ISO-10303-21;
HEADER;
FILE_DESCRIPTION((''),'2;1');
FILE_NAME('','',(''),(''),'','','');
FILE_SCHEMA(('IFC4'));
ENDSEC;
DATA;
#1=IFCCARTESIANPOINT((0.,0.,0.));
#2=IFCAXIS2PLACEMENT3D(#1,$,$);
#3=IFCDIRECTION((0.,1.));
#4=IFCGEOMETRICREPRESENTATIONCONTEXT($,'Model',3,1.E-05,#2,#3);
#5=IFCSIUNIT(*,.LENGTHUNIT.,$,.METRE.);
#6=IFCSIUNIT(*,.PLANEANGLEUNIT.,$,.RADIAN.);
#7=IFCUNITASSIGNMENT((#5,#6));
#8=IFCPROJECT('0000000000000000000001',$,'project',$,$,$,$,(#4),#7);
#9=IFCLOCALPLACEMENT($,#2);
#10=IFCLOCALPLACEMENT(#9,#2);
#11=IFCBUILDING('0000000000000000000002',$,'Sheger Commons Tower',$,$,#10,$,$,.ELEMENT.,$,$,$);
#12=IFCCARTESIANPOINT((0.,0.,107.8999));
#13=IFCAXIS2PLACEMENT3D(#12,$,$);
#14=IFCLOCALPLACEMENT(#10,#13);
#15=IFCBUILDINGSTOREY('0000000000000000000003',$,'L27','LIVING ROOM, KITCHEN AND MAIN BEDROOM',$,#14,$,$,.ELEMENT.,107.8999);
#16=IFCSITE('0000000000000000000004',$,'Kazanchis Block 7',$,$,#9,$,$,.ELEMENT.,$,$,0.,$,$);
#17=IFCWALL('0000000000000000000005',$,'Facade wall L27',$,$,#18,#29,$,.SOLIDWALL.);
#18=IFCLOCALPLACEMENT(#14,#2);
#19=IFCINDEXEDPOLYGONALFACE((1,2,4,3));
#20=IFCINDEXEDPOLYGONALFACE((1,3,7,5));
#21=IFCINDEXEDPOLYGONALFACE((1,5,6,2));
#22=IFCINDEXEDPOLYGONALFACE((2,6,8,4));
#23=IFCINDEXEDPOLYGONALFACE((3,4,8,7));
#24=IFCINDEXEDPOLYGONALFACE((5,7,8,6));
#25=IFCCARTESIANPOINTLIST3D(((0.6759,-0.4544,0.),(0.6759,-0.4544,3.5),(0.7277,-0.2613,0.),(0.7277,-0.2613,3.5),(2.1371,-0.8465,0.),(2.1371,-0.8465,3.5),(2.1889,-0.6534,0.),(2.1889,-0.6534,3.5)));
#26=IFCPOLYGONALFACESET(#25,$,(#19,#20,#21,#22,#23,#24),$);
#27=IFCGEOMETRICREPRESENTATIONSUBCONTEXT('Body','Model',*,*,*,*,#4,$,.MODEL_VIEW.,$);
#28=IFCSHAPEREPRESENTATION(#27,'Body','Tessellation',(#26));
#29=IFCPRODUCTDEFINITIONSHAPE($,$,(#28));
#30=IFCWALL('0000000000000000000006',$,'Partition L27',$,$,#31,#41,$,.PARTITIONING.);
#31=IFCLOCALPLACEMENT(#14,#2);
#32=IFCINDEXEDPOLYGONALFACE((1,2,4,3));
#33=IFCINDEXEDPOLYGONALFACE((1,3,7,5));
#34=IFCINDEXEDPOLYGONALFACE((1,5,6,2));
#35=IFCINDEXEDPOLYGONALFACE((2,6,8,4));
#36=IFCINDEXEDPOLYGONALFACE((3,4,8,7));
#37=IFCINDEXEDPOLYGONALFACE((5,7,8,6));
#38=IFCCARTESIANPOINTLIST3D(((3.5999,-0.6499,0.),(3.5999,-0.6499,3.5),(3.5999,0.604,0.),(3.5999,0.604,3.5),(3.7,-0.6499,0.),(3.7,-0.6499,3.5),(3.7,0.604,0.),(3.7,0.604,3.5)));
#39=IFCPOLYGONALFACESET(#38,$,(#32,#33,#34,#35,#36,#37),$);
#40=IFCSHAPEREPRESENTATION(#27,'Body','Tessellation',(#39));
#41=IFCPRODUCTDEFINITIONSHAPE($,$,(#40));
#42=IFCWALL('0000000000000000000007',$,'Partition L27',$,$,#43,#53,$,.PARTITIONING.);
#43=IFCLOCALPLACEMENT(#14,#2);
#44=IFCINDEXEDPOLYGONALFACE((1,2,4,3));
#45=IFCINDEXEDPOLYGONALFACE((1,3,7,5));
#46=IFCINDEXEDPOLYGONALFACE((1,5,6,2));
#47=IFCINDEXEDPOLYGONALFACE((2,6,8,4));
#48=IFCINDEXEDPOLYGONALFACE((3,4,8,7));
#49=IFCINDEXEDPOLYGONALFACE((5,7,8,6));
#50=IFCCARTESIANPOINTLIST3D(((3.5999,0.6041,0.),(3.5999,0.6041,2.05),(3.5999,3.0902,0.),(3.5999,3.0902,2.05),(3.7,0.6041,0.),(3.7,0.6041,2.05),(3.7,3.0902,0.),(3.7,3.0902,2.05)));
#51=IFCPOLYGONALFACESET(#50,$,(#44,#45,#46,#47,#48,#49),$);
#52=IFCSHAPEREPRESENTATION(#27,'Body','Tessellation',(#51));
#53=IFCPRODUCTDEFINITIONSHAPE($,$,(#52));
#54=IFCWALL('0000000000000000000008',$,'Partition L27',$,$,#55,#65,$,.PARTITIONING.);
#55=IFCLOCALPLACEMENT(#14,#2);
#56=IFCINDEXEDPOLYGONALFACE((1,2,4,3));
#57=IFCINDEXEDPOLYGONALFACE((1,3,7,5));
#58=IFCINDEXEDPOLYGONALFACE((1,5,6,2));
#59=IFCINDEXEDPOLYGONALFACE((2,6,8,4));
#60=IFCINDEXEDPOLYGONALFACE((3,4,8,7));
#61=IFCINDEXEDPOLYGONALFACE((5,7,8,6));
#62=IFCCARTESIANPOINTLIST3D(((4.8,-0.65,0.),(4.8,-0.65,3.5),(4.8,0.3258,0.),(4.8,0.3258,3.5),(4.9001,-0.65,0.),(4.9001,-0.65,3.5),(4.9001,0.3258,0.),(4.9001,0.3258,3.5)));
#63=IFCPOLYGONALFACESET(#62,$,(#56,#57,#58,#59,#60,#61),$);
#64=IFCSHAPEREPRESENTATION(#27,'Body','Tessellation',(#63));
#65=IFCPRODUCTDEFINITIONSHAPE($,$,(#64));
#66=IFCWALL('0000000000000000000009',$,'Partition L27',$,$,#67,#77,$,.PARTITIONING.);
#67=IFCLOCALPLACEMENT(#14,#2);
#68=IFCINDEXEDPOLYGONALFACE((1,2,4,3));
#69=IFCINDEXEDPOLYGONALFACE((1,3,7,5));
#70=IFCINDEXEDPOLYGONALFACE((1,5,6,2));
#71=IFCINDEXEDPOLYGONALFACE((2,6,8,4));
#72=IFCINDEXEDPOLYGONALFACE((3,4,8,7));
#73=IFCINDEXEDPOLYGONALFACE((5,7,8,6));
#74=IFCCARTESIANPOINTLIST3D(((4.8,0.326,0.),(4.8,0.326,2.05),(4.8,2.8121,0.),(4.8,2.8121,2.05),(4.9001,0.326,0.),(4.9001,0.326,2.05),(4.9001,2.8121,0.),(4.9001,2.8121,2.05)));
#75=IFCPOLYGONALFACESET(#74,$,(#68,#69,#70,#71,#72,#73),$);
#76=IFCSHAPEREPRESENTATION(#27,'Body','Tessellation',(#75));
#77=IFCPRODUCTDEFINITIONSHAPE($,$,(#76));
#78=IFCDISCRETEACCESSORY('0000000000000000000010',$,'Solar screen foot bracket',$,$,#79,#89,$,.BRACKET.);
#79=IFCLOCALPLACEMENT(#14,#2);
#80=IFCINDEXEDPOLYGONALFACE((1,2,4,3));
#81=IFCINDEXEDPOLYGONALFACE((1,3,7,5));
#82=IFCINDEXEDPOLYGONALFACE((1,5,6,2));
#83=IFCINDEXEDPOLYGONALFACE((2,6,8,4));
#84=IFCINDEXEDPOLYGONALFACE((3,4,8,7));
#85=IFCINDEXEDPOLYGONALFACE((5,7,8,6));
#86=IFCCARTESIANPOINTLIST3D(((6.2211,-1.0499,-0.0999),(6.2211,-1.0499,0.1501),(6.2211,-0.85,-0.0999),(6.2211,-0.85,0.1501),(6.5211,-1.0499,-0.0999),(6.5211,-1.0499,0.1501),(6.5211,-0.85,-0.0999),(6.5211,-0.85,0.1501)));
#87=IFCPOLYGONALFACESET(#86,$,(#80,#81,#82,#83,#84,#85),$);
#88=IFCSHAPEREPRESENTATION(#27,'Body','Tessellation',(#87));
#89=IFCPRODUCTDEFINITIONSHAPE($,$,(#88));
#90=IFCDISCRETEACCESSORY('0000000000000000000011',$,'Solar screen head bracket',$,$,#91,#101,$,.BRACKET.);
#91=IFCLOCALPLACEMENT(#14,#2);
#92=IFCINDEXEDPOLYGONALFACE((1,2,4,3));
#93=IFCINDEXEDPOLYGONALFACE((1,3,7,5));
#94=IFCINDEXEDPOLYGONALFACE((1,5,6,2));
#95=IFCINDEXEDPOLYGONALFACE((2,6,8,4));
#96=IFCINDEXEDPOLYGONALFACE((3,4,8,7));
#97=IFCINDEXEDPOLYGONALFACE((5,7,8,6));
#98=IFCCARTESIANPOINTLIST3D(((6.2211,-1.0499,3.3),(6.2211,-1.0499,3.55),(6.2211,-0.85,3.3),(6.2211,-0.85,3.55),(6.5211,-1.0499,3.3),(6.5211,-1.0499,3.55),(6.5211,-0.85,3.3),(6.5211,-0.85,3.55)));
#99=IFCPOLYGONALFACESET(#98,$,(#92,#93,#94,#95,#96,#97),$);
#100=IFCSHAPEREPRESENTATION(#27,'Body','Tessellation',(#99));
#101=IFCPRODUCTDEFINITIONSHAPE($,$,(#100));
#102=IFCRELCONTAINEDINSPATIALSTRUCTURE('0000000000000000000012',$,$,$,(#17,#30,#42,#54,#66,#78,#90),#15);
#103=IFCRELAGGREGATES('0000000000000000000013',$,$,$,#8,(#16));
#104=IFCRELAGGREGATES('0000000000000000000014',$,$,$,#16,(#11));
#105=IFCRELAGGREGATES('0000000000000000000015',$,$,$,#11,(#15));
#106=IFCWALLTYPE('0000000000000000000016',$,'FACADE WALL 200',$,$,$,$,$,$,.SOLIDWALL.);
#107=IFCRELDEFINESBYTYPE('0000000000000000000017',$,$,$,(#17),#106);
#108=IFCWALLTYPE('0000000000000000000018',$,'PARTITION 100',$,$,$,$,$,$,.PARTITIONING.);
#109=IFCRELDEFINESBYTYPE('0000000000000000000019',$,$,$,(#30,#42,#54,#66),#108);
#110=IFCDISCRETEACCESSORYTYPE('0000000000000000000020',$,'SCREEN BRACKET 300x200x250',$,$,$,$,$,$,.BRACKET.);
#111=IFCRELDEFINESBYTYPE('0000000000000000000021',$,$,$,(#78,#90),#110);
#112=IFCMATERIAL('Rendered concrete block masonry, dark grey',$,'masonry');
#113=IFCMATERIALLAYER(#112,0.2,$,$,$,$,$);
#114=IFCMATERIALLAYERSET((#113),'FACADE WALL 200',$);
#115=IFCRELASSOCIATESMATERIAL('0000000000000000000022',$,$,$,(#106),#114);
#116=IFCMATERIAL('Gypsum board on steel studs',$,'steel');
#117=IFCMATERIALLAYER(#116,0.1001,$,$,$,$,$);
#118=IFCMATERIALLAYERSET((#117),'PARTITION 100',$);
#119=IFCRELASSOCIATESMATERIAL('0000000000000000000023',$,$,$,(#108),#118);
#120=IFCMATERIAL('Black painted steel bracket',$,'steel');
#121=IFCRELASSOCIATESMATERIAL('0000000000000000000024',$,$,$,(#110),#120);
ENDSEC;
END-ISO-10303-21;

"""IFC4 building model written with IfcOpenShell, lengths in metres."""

from ifc_helpers import new_model, si_unit, direction, frame, frame_2d, origin, origin_2d, place, context, subcontext, project, spatial, rectangle, extrude, material, layer, layer_set, type_object, element, save


model = new_model("IFC4")

# Units and contexts
model_context = context("Model", 3, precision=1e-05, world=origin(), true_north=direction((0.0, 1.0)))
body_context = subcontext(model_context, "Body", "Model", "MODEL_VIEW")
ifc_project = project(units=[si_unit("LENGTHUNIT", "METRE"), si_unit("PLANEANGLEUNIT", "RADIAN")], contexts=[model_context])

# Site, building, storey
site_placement = place(None, origin())
site = spatial("IfcSite", under=ifc_project, at=site_placement, Name="Kazanchis Block 7", CompositionType="ELEMENT", RefElevation=0.0)
building_placement = place(site_placement, origin())
building = spatial("IfcBuilding", under=site, at=building_placement, Name="Sheger Commons Tower", CompositionType="ELEMENT")
storey_placement = place(building_placement, frame((0.0, 0.0, 107.8999)))
storey = spatial("IfcBuildingStorey", under=building, at=storey_placement, Name="L27", Description="LIVING ROOM, KITCHEN AND MAIN BEDROOM", CompositionType="ELEMENT", Elevation=107.8999)

# Shared definitions
ifc_material_1 = material(Name="Rendered concrete block masonry, dark grey", Category="masonry")
ifc_layer_1 = layer(ifc_material_1, 0.2)
ifc_layer_set_1 = layer_set([ifc_layer_1], Name="FACADE WALL 200")
wall_type_1 = type_object("IfcWallType", Name="FACADE WALL 200", PredefinedType="SOLIDWALL", material=ifc_layer_set_1)

# Walls
wall_1_placement = place(storey_placement, frame((0.7019, -0.3579, 0.0), z_axis=(0.0, 0.0, 1.0), x_axis=(0.965832, -0.259169, 0.0)))
element("IfcWall", 1, at=wall_1_placement, inside=storey, type_object=wall_type_1, Name="Facade wall L27", PredefinedType="SOLIDWALL", context=body_context, shape_type="SweptSolid", body=[
    extrude(rectangle(XDim=1.5129, YDim=0.2, at=frame_2d((0.7563, 0.0))), origin(), (0.0, 0.0, 1.0), 3.5),
])
ifc_material_2 = material(Name="Gypsum board on steel studs", Category="steel")
ifc_layer_2 = layer(ifc_material_2, 0.1001)
ifc_layer_set_2 = layer_set([ifc_layer_2], Name="PARTITION 100")
wall_type_2 = type_object("IfcWallType", Name="PARTITION 100", PredefinedType="PARTITIONING", material=ifc_layer_set_2)
wall_2_placement = place(storey_placement, frame((3.6499, -0.6499, 0.0), z_axis=(0.0, 0.0, 1.0), x_axis=(0.0, 1.0, 0.0)))
element("IfcWall", 2, at=wall_2_placement, inside=storey, type_object=wall_type_2, Name="Partition L27", PredefinedType="PARTITIONING", context=body_context, shape_type="SweptSolid", body=[
    extrude(rectangle(XDim=1.2539, YDim=0.1001, at=frame_2d((0.627, 0.0))), origin(), (0.0, 0.0, 1.0), 3.5),
])
wall_3_placement = place(storey_placement, frame((3.6499, 0.604, 0.0), z_axis=(0.0, 0.0, 1.0), x_axis=(0.0, 1.0, 0.0)))
element("IfcWall", 3, at=wall_3_placement, inside=storey, type_object=wall_type_2, Name="Partition L27", PredefinedType="PARTITIONING", context=body_context, shape_type="SweptSolid", body=[
    extrude(rectangle(XDim=2.4861, YDim=0.1001, at=frame_2d((1.2432, 0.0))), origin(), (0.0, 0.0, 1.0), 2.05),
])
wall_4_placement = place(storey_placement, frame((4.8501, -0.6499, 0.0), z_axis=(0.0, 0.0, 1.0), x_axis=(0.0, 1.0, 0.0)))
element("IfcWall", 4, at=wall_4_placement, inside=storey, type_object=wall_type_2, Name="Partition L27", PredefinedType="PARTITIONING", context=body_context, shape_type="SweptSolid", body=[
    extrude(rectangle(XDim=0.9758, YDim=0.1001, at=frame_2d((0.4878, 0.0))), origin(), (0.0, 0.0, 1.0), 3.5),
])
wall_5_placement = place(storey_placement, frame((4.8501, 0.3259, 0.0), z_axis=(0.0, 0.0, 1.0), x_axis=(0.0, 1.0, 0.0)))
element("IfcWall", 5, at=wall_5_placement, inside=storey, type_object=wall_type_2, Name="Partition L27", PredefinedType="PARTITIONING", context=body_context, shape_type="SweptSolid", body=[
    extrude(rectangle(XDim=2.4861, YDim=0.1001, at=frame_2d((1.2432, 0.0))), origin(), (0.0, 0.0, 1.0), 2.05),
])

# Discrete accessories
ifc_material_3 = material(Name="Black painted steel bracket", Category="steel")
discrete_accessory_type = type_object("IfcDiscreteAccessoryType", Name="SCREEN BRACKET 300x200x250", PredefinedType="BRACKET", material=ifc_material_3)
for number, where, z_axis, x_axis, name in (
    (6, (6.3711, -0.95, -0.0999), (0.0, 0.0, 1.0), (1.0, 0.0, 0.0), "Solar screen foot bracket"),
    (7, (6.3711, -0.95, 3.3), (0.0, 0.0, 1.0), (1.0, 0.0, 0.0), "Solar screen head bracket"),
):
    element("IfcDiscreteAccessory", number, at=place(storey_placement, frame(where, z_axis=z_axis, x_axis=x_axis)), inside=storey, type_object=discrete_accessory_type, Name=name, PredefinedType="BRACKET", context=body_context, shape_type="SweptSolid", body=[
        extrude(rectangle(XDim=0.3, YDim=0.2, at=origin_2d()), origin(), (0.0, 0.0, 1.0), 0.25),
    ])

save(model, "model.ifc")
